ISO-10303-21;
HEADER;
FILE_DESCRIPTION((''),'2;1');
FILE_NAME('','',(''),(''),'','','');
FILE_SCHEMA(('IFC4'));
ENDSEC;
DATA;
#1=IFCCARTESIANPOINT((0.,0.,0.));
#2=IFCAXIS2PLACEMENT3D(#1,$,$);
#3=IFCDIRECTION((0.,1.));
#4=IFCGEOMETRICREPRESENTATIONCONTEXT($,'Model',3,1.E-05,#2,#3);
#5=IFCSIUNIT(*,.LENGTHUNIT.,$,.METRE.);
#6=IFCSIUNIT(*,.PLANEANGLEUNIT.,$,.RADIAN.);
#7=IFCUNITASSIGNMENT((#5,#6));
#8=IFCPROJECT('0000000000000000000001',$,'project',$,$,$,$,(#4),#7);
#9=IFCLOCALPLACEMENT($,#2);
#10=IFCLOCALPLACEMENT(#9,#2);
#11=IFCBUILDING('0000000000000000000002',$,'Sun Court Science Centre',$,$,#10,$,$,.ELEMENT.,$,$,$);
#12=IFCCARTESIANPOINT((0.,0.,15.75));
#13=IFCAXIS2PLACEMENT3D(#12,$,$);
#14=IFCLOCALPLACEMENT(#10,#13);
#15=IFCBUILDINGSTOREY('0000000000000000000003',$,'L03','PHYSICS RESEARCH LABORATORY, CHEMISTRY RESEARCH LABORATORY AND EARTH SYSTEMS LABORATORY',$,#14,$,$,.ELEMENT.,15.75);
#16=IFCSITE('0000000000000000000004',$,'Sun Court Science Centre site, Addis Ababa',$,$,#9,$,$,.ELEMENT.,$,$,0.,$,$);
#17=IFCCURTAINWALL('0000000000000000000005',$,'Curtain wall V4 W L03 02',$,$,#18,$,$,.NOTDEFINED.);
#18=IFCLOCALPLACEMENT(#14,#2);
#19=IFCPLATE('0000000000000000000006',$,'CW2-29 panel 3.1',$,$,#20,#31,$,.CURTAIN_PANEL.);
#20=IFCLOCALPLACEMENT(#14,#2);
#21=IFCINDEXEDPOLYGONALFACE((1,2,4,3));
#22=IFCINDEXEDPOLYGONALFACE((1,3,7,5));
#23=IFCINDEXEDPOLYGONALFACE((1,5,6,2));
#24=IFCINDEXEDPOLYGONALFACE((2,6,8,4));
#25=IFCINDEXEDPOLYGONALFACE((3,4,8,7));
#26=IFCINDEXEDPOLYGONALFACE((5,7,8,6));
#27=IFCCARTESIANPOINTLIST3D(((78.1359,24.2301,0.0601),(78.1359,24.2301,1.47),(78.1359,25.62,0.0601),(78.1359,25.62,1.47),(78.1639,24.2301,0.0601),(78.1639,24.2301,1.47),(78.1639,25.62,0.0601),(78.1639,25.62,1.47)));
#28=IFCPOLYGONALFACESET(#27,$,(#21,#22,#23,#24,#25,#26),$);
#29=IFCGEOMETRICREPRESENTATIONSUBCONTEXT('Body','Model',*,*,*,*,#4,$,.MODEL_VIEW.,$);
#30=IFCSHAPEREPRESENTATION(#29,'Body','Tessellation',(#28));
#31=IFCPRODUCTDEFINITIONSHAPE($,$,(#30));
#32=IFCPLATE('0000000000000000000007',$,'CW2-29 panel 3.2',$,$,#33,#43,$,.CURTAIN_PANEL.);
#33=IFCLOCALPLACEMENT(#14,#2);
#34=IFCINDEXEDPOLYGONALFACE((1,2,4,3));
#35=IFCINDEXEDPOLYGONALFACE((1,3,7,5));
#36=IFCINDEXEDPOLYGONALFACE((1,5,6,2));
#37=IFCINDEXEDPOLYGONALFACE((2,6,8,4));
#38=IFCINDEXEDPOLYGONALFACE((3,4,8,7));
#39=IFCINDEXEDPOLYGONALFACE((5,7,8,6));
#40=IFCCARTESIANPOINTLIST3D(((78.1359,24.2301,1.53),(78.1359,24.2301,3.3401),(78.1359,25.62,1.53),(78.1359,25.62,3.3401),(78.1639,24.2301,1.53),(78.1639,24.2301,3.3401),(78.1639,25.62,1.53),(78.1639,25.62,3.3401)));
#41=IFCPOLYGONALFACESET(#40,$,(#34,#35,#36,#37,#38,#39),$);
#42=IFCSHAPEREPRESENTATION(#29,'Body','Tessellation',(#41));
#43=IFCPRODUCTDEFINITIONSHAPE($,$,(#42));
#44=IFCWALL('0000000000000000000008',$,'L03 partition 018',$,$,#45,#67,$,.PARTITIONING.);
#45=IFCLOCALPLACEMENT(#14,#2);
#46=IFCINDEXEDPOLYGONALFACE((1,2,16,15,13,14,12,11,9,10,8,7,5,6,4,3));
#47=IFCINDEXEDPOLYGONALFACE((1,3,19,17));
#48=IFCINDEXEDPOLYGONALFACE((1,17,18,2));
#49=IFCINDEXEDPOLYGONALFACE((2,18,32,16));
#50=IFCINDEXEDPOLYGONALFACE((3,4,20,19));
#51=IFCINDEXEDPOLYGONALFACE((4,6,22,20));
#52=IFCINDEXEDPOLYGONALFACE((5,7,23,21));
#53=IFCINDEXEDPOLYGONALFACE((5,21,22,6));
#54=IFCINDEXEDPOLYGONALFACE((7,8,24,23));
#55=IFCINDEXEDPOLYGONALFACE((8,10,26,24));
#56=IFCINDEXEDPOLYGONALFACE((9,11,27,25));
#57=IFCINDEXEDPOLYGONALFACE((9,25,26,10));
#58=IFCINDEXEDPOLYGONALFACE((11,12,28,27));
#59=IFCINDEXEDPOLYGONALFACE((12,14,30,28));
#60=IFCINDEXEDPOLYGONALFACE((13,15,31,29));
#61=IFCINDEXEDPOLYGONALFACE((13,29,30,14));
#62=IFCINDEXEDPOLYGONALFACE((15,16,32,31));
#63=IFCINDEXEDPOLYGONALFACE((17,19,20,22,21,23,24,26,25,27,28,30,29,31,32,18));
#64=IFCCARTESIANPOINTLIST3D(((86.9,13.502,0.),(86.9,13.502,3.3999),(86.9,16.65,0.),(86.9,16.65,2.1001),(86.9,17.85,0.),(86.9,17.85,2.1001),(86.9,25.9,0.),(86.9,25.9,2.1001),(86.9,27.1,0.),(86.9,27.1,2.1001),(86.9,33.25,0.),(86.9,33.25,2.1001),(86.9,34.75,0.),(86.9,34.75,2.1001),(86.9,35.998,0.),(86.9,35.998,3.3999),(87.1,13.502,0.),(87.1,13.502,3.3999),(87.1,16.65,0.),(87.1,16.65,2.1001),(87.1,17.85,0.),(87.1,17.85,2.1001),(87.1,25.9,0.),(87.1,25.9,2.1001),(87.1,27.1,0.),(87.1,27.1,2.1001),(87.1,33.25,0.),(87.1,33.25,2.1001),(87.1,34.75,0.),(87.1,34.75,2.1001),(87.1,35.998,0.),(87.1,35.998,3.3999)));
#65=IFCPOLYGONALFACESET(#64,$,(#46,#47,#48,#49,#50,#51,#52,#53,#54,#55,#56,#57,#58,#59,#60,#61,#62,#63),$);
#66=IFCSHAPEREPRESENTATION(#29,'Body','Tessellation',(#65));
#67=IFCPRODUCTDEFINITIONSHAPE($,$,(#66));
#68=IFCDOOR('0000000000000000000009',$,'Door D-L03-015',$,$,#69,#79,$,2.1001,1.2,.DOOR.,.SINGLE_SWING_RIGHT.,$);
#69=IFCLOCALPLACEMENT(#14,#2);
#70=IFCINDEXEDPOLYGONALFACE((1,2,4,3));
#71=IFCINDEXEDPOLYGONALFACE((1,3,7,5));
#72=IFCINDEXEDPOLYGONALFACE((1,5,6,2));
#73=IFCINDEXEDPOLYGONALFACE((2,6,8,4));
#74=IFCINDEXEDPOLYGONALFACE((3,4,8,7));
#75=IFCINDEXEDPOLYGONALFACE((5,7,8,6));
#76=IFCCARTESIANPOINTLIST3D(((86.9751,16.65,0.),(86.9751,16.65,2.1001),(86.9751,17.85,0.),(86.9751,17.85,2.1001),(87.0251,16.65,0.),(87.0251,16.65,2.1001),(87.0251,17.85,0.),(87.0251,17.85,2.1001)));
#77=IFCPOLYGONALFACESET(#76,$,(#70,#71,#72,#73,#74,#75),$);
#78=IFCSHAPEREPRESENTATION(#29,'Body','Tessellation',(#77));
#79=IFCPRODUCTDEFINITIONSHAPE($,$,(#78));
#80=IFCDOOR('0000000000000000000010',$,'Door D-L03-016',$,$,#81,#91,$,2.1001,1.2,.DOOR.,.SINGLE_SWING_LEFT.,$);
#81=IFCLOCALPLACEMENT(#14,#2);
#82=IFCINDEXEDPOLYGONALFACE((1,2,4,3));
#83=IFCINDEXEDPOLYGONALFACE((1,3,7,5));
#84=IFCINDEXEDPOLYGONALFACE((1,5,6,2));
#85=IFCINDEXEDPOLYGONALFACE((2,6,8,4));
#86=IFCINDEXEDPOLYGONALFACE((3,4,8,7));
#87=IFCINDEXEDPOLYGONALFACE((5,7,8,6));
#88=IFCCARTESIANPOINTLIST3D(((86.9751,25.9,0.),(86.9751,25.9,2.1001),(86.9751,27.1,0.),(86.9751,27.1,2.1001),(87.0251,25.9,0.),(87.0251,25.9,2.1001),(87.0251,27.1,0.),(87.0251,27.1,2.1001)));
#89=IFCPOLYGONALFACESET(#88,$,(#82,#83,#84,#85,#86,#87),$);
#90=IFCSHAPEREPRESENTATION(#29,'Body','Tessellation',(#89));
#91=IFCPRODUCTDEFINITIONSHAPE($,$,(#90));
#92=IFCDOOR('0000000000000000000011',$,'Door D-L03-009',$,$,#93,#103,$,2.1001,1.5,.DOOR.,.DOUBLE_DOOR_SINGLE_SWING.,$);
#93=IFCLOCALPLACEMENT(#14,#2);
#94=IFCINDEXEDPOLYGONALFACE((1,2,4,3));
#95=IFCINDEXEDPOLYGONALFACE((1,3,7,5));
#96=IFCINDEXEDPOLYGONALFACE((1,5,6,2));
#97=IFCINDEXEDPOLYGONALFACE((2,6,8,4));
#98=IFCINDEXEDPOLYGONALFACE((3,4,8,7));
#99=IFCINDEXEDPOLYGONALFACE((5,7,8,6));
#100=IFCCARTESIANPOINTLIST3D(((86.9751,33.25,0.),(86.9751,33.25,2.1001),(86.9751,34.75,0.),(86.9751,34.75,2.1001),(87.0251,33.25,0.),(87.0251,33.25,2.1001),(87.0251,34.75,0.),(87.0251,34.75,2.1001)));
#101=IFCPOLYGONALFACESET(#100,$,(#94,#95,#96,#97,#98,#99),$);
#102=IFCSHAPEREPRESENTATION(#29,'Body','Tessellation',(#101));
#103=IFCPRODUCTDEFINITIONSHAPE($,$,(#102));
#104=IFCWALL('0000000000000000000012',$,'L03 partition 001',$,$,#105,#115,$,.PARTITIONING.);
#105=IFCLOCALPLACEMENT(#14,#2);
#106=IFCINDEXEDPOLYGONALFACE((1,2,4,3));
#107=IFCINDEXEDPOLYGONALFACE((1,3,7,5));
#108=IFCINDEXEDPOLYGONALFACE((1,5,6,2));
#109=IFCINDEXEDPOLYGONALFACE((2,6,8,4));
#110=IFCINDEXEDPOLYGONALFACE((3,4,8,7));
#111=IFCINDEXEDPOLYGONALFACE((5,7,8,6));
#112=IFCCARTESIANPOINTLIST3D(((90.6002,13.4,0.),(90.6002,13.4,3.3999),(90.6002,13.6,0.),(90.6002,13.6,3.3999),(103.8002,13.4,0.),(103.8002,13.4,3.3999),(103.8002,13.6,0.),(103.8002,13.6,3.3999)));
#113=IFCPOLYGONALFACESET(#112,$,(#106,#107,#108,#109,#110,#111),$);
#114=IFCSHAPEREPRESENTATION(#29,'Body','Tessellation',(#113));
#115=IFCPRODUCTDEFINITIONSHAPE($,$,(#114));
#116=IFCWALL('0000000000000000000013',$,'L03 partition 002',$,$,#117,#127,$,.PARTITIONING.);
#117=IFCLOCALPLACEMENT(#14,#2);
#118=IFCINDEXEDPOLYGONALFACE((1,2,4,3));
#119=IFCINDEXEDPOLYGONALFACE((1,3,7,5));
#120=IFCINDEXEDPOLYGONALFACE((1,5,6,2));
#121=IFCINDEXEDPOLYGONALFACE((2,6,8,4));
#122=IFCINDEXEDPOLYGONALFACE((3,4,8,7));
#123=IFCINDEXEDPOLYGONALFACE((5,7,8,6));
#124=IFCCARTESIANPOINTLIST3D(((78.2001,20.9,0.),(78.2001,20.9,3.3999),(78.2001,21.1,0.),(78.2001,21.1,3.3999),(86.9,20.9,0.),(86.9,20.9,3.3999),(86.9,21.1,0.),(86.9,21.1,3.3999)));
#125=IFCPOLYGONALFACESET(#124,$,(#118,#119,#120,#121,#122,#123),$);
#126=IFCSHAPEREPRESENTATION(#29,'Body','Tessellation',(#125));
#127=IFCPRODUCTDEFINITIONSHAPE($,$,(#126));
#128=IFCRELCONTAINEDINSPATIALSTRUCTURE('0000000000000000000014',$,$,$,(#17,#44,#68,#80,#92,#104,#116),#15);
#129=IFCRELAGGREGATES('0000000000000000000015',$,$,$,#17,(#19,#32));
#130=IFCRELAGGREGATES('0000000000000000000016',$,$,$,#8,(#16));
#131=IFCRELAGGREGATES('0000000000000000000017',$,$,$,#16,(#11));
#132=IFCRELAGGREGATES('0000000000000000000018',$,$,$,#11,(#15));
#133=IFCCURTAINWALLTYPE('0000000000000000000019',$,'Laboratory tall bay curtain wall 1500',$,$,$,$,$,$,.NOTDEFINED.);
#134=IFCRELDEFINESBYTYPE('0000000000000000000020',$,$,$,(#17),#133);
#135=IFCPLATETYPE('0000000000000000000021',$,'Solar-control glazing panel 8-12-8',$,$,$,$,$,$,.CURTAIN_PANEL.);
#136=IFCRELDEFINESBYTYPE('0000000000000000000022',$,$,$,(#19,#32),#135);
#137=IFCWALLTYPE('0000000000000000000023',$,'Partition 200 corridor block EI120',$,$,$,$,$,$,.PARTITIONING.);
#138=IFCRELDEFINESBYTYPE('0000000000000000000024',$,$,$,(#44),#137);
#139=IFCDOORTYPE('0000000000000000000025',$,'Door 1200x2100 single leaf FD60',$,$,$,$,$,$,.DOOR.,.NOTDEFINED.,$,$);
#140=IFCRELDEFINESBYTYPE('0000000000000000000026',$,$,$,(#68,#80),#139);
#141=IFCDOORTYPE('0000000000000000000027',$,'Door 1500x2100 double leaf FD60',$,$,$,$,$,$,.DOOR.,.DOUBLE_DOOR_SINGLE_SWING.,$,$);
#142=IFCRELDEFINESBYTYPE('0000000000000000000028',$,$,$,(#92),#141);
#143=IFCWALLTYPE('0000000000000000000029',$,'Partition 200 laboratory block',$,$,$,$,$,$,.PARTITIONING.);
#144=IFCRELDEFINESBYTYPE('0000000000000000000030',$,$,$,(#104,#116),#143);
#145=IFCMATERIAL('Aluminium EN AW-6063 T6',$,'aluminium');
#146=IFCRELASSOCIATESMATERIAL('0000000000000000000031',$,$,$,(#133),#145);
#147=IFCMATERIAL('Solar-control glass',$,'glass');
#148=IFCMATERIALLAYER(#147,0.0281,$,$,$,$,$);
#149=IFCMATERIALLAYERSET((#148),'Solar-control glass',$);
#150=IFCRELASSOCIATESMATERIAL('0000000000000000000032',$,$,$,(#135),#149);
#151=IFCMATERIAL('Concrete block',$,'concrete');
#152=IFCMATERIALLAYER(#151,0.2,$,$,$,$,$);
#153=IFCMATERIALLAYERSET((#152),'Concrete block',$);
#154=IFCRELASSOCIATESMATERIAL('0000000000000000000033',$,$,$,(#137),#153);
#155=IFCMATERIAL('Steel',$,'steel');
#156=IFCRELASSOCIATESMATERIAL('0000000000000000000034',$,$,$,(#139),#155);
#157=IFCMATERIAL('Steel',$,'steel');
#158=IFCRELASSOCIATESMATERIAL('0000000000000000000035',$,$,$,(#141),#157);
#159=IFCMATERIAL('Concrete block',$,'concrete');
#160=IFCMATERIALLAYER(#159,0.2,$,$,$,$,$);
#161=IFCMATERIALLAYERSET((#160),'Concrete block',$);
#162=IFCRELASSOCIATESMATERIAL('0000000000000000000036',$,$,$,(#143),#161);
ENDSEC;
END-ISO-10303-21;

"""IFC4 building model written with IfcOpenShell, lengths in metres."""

from ifc_helpers import new_model, si_unit, direction, frame, frame_2d, origin, origin_2d, place, context, subcontext, project, spatial, rectangle, extrude, material, layer, layer_set, type_object, element, fill, aggregate, save


model = new_model("IFC4")

# Units and contexts
model_context = context("Model", 3, precision=1e-05, world=origin(), true_north=direction((0.0, 1.0)))
body_context = subcontext(model_context, "Body", "Model", "MODEL_VIEW")
ifc_project = project(units=[si_unit("LENGTHUNIT", "METRE"), si_unit("PLANEANGLEUNIT", "RADIAN")], contexts=[model_context])

# Site, building, storey
site_placement = place(None, origin())
site = spatial("IfcSite", under=ifc_project, at=site_placement, Name="Sun Court Science Centre site, Addis Ababa", CompositionType="ELEMENT", RefElevation=0.0)
building_placement = place(site_placement, origin())
building = spatial("IfcBuilding", under=site, at=building_placement, Name="Sun Court Science Centre", CompositionType="ELEMENT")
storey_placement = place(building_placement, frame((0.0, 0.0, 15.75)))
storey = spatial("IfcBuildingStorey", under=building, at=storey_placement, Name="L03", Description="PHYSICS RESEARCH LABORATORY, CHEMISTRY RESEARCH LABORATORY AND EARTH SYSTEMS LABORATORY", CompositionType="ELEMENT", Elevation=15.75)

# Curtain wall
ifc_material_1 = material(Name="Aluminium EN AW-6063 T6", Category="aluminium")
curtain_wall_type = type_object("IfcCurtainWallType", Name="Laboratory tall bay curtain wall 1500", PredefinedType="NOTDEFINED", material=ifc_material_1)
curtain_wall_placement = place(storey_placement, origin())
curtain_wall = element("IfcCurtainWall", 1, at=curtain_wall_placement, inside=storey, type_object=curtain_wall_type, Name="Curtain wall V4 W L03 02", PredefinedType="NOTDEFINED")

# Plates
ifc_material_2 = material(Name="Solar-control glass", Category="glass")
ifc_layer_1 = layer(ifc_material_2, 0.0281)
ifc_layer_set_1 = layer_set([ifc_layer_1], Name="Solar-control glass")
plate_type = type_object("IfcPlateType", Name="Solar-control glazing panel 8-12-8", PredefinedType="CURTAIN_PANEL", material=ifc_layer_set_1)
plate_1_placement = place(storey_placement, frame((78.1499, 24.925, 0.0601), z_axis=(0.0, 0.0, 1.0), x_axis=(0.0, 1.0, 0.0)))
plate_1 = element("IfcPlate", 2, at=plate_1_placement, type_object=plate_type, Name="CW2-29 panel 3.1", PredefinedType="CURTAIN_PANEL", context=body_context, shape_type="SweptSolid", body=[
    extrude(rectangle(XDim=1.3899, YDim=0.0281, at=origin_2d()), origin(), (0.0, 0.0, 1.0), 1.4099),
])
plate_2_placement = place(storey_placement, frame((78.1499, 24.925, 1.53), z_axis=(0.0, 0.0, 1.0), x_axis=(0.0, 1.0, 0.0)))
plate_2 = element("IfcPlate", 3, at=plate_2_placement, type_object=plate_type, Name="CW2-29 panel 3.2", PredefinedType="CURTAIN_PANEL", context=body_context, shape_type="SweptSolid", body=[
    extrude(rectangle(XDim=1.3899, YDim=0.0281, at=origin_2d()), origin(), (0.0, 0.0, 1.0), 1.8101),
])
aggregate(curtain_wall, [plate_1, plate_2])

# Wall, openings, doors
ifc_material_3 = material(Name="Concrete block", Category="concrete")
ifc_layer_2 = layer(ifc_material_3, 0.2)
ifc_layer_set_2 = layer_set([ifc_layer_2], Name="Concrete block")
wall_type_1 = type_object("IfcWallType", Name="Partition 200 corridor block EI120", PredefinedType="PARTITIONING", material=ifc_layer_set_2)
wall_1_placement = place(storey_placement, frame((87.0, 13.502, 0.0), z_axis=(0.0, 0.0, 1.0), x_axis=(0.0, 1.0, 0.0)))
wall_1 = element("IfcWall", 4, at=wall_1_placement, inside=storey, type_object=wall_type_1, Name="L03 partition 018", PredefinedType="PARTITIONING", context=body_context, shape_type="SweptSolid", body=[
    extrude(rectangle(XDim=22.4961, YDim=0.2, at=frame_2d((11.248, 0.0))), origin(), (0.0, 0.0, 1.0), 3.3999),
])
opening_1_placement = place(wall_1_placement, frame((19.748, 0.0, 0.0)))
opening_1 = element("IfcOpeningElement", 5, at=opening_1_placement, cuts=wall_1, PredefinedType="OPENING", context=body_context, shape_type="SweptSolid", body=[
    extrude(rectangle(XDim=1.5, YDim=2.1001, at=frame_2d((0.75, 1.05))), frame((0.0, 0.1099, 0.0), z_axis=(0.0, -1.0, 0.0), x_axis=(1.0, 0.0, 0.0)), (0.0, 0.0, 1.0), 0.22),
])
opening_2_placement = place(wall_1_placement, frame((3.1479, 0.0, 0.0)))
opening_2 = element("IfcOpeningElement", 6, at=opening_2_placement, cuts=wall_1, PredefinedType="OPENING", context=body_context, shape_type="SweptSolid", body=[
    extrude(rectangle(XDim=1.2, YDim=2.1001, at=frame_2d((0.6001, 1.05))), frame((0.0, 0.1099, 0.0), z_axis=(0.0, -1.0, 0.0), x_axis=(1.0, 0.0, 0.0)), (0.0, 0.0, 1.0), 0.22),
])
opening_3_placement = place(wall_1_placement, frame((12.3979, 0.0, 0.0)))
opening_3 = element("IfcOpeningElement", 7, at=opening_3_placement, cuts=wall_1, PredefinedType="OPENING", context=body_context, shape_type="SweptSolid", body=[
    extrude(rectangle(XDim=1.2, YDim=2.1001, at=frame_2d((0.6001, 1.05))), frame((0.0, 0.1099, 0.0), z_axis=(0.0, -1.0, 0.0), x_axis=(1.0, 0.0, 0.0)), (0.0, 0.0, 1.0), 0.22),
])
ifc_material_4 = material(Name="Steel", Category="steel")
door_type_1 = type_object("IfcDoorType", Name="Door 1200x2100 single leaf FD60", OperationType="NOTDEFINED", PredefinedType="DOOR", material=ifc_material_4)
door_1_placement = place(opening_2_placement, origin())
door_1 = element("IfcDoor", 8, at=door_1_placement, inside=storey, type_object=door_type_1, Name="Door D-L03-015", OperationType="SINGLE_SWING_RIGHT", OverallHeight=2.1001, OverallWidth=1.2, PredefinedType="DOOR", context=body_context, shape_type="SweptSolid", body=[
    extrude(rectangle(XDim=1.2, YDim=2.1001, at=frame_2d((0.6001, 1.05))), frame((0.0, 0.0249, 0.0), z_axis=(0.0, -1.0, 0.0), x_axis=(1.0, 0.0, 0.0)), (0.0, 0.0, 1.0), 0.05),
])
fill(opening_2, door_1)
door_2_placement = place(opening_3_placement, origin())
door_2 = element("IfcDoor", 9, at=door_2_placement, inside=storey, type_object=door_type_1, Name="Door D-L03-016", OperationType="SINGLE_SWING_LEFT", OverallHeight=2.1001, OverallWidth=1.2, PredefinedType="DOOR", context=body_context, shape_type="SweptSolid", body=[
    extrude(rectangle(XDim=1.2, YDim=2.1001, at=frame_2d((0.6001, 1.05))), frame((0.0, 0.0249, 0.0), z_axis=(0.0, -1.0, 0.0), x_axis=(1.0, 0.0, 0.0)), (0.0, 0.0, 1.0), 0.05),
])
fill(opening_3, door_2)
ifc_material_5 = material(Name="Steel", Category="steel")
door_type_2 = type_object("IfcDoorType", Name="Door 1500x2100 double leaf FD60", OperationType="DOUBLE_DOOR_SINGLE_SWING", PredefinedType="DOOR", material=ifc_material_5)
door_3_placement = place(opening_1_placement, origin())
door_3 = element("IfcDoor", 10, at=door_3_placement, inside=storey, type_object=door_type_2, Name="Door D-L03-009", OperationType="DOUBLE_DOOR_SINGLE_SWING", OverallHeight=2.1001, OverallWidth=1.5, PredefinedType="DOOR", context=body_context, shape_type="SweptSolid", body=[
    extrude(rectangle(XDim=1.5, YDim=2.1001, at=frame_2d((0.75, 1.05))), frame((0.0, 0.0249, 0.0), z_axis=(0.0, -1.0, 0.0), x_axis=(1.0, 0.0, 0.0)), (0.0, 0.0, 1.0), 0.05),
])
fill(opening_1, door_3)

# Walls
ifc_material_6 = material(Name="Concrete block", Category="concrete")
ifc_layer_3 = layer(ifc_material_6, 0.2)
ifc_layer_set_3 = layer_set([ifc_layer_3], Name="Concrete block")
wall_type_2 = type_object("IfcWallType", Name="Partition 200 laboratory block", PredefinedType="PARTITIONING", material=ifc_layer_set_3)
wall_2_placement = place(storey_placement, frame((90.6001, 13.5, 0.0), z_axis=(0.0, 0.0, 1.0), x_axis=(1.0, 0.0, 0.0)))
element("IfcWall", 11, at=wall_2_placement, inside=storey, type_object=wall_type_2, Name="L03 partition 001", PredefinedType="PARTITIONING", context=body_context, shape_type="SweptSolid", body=[
    extrude(rectangle(XDim=13.2, YDim=0.2, at=frame_2d((6.6001, 0.0))), origin(), (0.0, 0.0, 1.0), 3.3999),
])
wall_3_placement = place(storey_placement, frame((78.2, 21.0, 0.0), z_axis=(0.0, 0.0, 1.0), x_axis=(1.0, 0.0, 0.0)))
element("IfcWall", 12, at=wall_3_placement, inside=storey, type_object=wall_type_2, Name="L03 partition 002", PredefinedType="PARTITIONING", context=body_context, shape_type="SweptSolid", body=[
    extrude(rectangle(XDim=8.7, YDim=0.2, at=frame_2d((4.3501, 0.0))), origin(), (0.0, 0.0, 1.0), 3.3999),
])

save(model, "model.ifc")
